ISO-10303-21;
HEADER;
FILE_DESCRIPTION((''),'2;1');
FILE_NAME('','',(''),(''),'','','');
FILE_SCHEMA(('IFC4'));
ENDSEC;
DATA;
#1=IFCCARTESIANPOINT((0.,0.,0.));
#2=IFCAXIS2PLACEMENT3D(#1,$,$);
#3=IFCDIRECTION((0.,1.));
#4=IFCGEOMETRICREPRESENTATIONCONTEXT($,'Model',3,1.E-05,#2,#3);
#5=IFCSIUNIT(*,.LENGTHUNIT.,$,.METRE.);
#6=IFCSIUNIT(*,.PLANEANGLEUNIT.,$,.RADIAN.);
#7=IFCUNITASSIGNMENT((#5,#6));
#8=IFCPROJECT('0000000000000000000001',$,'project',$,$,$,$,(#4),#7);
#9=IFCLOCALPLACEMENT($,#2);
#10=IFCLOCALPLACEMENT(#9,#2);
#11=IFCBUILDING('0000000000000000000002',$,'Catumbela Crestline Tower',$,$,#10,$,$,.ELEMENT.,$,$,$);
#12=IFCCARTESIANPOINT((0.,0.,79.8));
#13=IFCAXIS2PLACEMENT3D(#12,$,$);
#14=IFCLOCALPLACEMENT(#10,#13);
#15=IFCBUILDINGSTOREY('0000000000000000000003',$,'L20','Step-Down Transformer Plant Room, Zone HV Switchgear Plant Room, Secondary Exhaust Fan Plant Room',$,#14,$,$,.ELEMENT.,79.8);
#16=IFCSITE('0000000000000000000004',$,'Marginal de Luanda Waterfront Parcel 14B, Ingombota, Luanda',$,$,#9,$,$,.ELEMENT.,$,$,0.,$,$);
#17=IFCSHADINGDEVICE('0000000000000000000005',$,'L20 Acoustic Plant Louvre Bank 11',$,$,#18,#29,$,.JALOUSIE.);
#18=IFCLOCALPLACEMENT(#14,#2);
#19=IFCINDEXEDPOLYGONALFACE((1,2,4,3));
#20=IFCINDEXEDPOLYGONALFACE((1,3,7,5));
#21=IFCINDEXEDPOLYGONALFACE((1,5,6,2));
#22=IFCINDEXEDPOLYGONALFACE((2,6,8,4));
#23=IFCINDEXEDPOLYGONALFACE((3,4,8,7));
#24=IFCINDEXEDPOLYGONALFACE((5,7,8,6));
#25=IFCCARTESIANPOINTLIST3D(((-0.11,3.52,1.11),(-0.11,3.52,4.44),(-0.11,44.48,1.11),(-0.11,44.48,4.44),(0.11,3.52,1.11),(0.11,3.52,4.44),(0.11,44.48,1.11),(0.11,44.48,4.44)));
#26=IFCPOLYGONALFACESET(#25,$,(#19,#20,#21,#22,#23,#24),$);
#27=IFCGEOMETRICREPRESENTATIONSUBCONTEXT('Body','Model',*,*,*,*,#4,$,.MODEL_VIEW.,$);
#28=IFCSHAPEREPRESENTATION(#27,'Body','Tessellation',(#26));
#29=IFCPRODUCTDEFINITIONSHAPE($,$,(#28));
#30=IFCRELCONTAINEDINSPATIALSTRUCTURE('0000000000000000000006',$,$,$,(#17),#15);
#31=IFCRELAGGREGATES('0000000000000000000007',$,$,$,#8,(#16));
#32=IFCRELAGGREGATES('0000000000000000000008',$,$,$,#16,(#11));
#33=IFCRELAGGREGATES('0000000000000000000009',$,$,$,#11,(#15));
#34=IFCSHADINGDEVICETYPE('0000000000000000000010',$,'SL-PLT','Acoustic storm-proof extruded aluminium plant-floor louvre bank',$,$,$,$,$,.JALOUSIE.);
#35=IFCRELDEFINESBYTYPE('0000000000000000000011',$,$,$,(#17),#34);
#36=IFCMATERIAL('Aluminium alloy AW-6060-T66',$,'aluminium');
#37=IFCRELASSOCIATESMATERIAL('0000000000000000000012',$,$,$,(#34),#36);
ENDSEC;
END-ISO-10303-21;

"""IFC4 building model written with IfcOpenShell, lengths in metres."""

from ifc_helpers import new_model, si_unit, direction, frame, origin, origin_2d, place, context, subcontext, project, spatial, rectangle, extrude, material, type_object, element, save


model = new_model("IFC4")

# Units and contexts
model_context = context("Model", 3, precision=1e-05, world=origin(), true_north=direction((0.0, 1.0)))
body_context = subcontext(model_context, "Body", "Model", "MODEL_VIEW")
ifc_project = project(units=[si_unit("LENGTHUNIT", "METRE"), si_unit("PLANEANGLEUNIT", "RADIAN")], contexts=[model_context])

# Site, building, storey
site_placement = place(None, origin())
site = spatial("IfcSite", under=ifc_project, at=site_placement, Name="Marginal de Luanda Waterfront Parcel 14B, Ingombota, Luanda", CompositionType="ELEMENT", RefElevation=0.0)
building_placement = place(site_placement, origin())
building = spatial("IfcBuilding", under=site, at=building_placement, Name="Catumbela Crestline Tower", CompositionType="ELEMENT")
storey_placement = place(building_placement, frame((0.0, 0.0, 79.8)))
storey = spatial("IfcBuildingStorey", under=building, at=storey_placement, Name="L20", Description="Step-Down Transformer Plant Room, Zone HV Switchgear Plant Room, Secondary Exhaust Fan Plant Room", CompositionType="ELEMENT", Elevation=79.8)

# Shading device
ifc_material_1 = material(Name="Aluminium alloy AW-6060-T66", Category="aluminium")
shading_device_type = type_object("IfcShadingDeviceType", Name="SL-PLT", Description="Acoustic storm-proof extruded aluminium plant-floor louvre bank", PredefinedType="JALOUSIE", material=ifc_material_1)
shading_device_placement = place(storey_placement, frame((0.0, 24.0, 1.11), z_axis=(0.0, 0.0, 1.0), x_axis=(0.0, -1.0, 0.0)))
element("IfcShadingDevice", 1, at=shading_device_placement, inside=storey, type_object=shading_device_type, Name="L20 Acoustic Plant Louvre Bank 11", PredefinedType="JALOUSIE", context=body_context, shape_type="SweptSolid", body=[
    extrude(rectangle(XDim=40.96, YDim=0.22, at=origin_2d()), origin(), (0.0, 0.0, 1.0), 3.33),
])

save(model, "model.ifc")
